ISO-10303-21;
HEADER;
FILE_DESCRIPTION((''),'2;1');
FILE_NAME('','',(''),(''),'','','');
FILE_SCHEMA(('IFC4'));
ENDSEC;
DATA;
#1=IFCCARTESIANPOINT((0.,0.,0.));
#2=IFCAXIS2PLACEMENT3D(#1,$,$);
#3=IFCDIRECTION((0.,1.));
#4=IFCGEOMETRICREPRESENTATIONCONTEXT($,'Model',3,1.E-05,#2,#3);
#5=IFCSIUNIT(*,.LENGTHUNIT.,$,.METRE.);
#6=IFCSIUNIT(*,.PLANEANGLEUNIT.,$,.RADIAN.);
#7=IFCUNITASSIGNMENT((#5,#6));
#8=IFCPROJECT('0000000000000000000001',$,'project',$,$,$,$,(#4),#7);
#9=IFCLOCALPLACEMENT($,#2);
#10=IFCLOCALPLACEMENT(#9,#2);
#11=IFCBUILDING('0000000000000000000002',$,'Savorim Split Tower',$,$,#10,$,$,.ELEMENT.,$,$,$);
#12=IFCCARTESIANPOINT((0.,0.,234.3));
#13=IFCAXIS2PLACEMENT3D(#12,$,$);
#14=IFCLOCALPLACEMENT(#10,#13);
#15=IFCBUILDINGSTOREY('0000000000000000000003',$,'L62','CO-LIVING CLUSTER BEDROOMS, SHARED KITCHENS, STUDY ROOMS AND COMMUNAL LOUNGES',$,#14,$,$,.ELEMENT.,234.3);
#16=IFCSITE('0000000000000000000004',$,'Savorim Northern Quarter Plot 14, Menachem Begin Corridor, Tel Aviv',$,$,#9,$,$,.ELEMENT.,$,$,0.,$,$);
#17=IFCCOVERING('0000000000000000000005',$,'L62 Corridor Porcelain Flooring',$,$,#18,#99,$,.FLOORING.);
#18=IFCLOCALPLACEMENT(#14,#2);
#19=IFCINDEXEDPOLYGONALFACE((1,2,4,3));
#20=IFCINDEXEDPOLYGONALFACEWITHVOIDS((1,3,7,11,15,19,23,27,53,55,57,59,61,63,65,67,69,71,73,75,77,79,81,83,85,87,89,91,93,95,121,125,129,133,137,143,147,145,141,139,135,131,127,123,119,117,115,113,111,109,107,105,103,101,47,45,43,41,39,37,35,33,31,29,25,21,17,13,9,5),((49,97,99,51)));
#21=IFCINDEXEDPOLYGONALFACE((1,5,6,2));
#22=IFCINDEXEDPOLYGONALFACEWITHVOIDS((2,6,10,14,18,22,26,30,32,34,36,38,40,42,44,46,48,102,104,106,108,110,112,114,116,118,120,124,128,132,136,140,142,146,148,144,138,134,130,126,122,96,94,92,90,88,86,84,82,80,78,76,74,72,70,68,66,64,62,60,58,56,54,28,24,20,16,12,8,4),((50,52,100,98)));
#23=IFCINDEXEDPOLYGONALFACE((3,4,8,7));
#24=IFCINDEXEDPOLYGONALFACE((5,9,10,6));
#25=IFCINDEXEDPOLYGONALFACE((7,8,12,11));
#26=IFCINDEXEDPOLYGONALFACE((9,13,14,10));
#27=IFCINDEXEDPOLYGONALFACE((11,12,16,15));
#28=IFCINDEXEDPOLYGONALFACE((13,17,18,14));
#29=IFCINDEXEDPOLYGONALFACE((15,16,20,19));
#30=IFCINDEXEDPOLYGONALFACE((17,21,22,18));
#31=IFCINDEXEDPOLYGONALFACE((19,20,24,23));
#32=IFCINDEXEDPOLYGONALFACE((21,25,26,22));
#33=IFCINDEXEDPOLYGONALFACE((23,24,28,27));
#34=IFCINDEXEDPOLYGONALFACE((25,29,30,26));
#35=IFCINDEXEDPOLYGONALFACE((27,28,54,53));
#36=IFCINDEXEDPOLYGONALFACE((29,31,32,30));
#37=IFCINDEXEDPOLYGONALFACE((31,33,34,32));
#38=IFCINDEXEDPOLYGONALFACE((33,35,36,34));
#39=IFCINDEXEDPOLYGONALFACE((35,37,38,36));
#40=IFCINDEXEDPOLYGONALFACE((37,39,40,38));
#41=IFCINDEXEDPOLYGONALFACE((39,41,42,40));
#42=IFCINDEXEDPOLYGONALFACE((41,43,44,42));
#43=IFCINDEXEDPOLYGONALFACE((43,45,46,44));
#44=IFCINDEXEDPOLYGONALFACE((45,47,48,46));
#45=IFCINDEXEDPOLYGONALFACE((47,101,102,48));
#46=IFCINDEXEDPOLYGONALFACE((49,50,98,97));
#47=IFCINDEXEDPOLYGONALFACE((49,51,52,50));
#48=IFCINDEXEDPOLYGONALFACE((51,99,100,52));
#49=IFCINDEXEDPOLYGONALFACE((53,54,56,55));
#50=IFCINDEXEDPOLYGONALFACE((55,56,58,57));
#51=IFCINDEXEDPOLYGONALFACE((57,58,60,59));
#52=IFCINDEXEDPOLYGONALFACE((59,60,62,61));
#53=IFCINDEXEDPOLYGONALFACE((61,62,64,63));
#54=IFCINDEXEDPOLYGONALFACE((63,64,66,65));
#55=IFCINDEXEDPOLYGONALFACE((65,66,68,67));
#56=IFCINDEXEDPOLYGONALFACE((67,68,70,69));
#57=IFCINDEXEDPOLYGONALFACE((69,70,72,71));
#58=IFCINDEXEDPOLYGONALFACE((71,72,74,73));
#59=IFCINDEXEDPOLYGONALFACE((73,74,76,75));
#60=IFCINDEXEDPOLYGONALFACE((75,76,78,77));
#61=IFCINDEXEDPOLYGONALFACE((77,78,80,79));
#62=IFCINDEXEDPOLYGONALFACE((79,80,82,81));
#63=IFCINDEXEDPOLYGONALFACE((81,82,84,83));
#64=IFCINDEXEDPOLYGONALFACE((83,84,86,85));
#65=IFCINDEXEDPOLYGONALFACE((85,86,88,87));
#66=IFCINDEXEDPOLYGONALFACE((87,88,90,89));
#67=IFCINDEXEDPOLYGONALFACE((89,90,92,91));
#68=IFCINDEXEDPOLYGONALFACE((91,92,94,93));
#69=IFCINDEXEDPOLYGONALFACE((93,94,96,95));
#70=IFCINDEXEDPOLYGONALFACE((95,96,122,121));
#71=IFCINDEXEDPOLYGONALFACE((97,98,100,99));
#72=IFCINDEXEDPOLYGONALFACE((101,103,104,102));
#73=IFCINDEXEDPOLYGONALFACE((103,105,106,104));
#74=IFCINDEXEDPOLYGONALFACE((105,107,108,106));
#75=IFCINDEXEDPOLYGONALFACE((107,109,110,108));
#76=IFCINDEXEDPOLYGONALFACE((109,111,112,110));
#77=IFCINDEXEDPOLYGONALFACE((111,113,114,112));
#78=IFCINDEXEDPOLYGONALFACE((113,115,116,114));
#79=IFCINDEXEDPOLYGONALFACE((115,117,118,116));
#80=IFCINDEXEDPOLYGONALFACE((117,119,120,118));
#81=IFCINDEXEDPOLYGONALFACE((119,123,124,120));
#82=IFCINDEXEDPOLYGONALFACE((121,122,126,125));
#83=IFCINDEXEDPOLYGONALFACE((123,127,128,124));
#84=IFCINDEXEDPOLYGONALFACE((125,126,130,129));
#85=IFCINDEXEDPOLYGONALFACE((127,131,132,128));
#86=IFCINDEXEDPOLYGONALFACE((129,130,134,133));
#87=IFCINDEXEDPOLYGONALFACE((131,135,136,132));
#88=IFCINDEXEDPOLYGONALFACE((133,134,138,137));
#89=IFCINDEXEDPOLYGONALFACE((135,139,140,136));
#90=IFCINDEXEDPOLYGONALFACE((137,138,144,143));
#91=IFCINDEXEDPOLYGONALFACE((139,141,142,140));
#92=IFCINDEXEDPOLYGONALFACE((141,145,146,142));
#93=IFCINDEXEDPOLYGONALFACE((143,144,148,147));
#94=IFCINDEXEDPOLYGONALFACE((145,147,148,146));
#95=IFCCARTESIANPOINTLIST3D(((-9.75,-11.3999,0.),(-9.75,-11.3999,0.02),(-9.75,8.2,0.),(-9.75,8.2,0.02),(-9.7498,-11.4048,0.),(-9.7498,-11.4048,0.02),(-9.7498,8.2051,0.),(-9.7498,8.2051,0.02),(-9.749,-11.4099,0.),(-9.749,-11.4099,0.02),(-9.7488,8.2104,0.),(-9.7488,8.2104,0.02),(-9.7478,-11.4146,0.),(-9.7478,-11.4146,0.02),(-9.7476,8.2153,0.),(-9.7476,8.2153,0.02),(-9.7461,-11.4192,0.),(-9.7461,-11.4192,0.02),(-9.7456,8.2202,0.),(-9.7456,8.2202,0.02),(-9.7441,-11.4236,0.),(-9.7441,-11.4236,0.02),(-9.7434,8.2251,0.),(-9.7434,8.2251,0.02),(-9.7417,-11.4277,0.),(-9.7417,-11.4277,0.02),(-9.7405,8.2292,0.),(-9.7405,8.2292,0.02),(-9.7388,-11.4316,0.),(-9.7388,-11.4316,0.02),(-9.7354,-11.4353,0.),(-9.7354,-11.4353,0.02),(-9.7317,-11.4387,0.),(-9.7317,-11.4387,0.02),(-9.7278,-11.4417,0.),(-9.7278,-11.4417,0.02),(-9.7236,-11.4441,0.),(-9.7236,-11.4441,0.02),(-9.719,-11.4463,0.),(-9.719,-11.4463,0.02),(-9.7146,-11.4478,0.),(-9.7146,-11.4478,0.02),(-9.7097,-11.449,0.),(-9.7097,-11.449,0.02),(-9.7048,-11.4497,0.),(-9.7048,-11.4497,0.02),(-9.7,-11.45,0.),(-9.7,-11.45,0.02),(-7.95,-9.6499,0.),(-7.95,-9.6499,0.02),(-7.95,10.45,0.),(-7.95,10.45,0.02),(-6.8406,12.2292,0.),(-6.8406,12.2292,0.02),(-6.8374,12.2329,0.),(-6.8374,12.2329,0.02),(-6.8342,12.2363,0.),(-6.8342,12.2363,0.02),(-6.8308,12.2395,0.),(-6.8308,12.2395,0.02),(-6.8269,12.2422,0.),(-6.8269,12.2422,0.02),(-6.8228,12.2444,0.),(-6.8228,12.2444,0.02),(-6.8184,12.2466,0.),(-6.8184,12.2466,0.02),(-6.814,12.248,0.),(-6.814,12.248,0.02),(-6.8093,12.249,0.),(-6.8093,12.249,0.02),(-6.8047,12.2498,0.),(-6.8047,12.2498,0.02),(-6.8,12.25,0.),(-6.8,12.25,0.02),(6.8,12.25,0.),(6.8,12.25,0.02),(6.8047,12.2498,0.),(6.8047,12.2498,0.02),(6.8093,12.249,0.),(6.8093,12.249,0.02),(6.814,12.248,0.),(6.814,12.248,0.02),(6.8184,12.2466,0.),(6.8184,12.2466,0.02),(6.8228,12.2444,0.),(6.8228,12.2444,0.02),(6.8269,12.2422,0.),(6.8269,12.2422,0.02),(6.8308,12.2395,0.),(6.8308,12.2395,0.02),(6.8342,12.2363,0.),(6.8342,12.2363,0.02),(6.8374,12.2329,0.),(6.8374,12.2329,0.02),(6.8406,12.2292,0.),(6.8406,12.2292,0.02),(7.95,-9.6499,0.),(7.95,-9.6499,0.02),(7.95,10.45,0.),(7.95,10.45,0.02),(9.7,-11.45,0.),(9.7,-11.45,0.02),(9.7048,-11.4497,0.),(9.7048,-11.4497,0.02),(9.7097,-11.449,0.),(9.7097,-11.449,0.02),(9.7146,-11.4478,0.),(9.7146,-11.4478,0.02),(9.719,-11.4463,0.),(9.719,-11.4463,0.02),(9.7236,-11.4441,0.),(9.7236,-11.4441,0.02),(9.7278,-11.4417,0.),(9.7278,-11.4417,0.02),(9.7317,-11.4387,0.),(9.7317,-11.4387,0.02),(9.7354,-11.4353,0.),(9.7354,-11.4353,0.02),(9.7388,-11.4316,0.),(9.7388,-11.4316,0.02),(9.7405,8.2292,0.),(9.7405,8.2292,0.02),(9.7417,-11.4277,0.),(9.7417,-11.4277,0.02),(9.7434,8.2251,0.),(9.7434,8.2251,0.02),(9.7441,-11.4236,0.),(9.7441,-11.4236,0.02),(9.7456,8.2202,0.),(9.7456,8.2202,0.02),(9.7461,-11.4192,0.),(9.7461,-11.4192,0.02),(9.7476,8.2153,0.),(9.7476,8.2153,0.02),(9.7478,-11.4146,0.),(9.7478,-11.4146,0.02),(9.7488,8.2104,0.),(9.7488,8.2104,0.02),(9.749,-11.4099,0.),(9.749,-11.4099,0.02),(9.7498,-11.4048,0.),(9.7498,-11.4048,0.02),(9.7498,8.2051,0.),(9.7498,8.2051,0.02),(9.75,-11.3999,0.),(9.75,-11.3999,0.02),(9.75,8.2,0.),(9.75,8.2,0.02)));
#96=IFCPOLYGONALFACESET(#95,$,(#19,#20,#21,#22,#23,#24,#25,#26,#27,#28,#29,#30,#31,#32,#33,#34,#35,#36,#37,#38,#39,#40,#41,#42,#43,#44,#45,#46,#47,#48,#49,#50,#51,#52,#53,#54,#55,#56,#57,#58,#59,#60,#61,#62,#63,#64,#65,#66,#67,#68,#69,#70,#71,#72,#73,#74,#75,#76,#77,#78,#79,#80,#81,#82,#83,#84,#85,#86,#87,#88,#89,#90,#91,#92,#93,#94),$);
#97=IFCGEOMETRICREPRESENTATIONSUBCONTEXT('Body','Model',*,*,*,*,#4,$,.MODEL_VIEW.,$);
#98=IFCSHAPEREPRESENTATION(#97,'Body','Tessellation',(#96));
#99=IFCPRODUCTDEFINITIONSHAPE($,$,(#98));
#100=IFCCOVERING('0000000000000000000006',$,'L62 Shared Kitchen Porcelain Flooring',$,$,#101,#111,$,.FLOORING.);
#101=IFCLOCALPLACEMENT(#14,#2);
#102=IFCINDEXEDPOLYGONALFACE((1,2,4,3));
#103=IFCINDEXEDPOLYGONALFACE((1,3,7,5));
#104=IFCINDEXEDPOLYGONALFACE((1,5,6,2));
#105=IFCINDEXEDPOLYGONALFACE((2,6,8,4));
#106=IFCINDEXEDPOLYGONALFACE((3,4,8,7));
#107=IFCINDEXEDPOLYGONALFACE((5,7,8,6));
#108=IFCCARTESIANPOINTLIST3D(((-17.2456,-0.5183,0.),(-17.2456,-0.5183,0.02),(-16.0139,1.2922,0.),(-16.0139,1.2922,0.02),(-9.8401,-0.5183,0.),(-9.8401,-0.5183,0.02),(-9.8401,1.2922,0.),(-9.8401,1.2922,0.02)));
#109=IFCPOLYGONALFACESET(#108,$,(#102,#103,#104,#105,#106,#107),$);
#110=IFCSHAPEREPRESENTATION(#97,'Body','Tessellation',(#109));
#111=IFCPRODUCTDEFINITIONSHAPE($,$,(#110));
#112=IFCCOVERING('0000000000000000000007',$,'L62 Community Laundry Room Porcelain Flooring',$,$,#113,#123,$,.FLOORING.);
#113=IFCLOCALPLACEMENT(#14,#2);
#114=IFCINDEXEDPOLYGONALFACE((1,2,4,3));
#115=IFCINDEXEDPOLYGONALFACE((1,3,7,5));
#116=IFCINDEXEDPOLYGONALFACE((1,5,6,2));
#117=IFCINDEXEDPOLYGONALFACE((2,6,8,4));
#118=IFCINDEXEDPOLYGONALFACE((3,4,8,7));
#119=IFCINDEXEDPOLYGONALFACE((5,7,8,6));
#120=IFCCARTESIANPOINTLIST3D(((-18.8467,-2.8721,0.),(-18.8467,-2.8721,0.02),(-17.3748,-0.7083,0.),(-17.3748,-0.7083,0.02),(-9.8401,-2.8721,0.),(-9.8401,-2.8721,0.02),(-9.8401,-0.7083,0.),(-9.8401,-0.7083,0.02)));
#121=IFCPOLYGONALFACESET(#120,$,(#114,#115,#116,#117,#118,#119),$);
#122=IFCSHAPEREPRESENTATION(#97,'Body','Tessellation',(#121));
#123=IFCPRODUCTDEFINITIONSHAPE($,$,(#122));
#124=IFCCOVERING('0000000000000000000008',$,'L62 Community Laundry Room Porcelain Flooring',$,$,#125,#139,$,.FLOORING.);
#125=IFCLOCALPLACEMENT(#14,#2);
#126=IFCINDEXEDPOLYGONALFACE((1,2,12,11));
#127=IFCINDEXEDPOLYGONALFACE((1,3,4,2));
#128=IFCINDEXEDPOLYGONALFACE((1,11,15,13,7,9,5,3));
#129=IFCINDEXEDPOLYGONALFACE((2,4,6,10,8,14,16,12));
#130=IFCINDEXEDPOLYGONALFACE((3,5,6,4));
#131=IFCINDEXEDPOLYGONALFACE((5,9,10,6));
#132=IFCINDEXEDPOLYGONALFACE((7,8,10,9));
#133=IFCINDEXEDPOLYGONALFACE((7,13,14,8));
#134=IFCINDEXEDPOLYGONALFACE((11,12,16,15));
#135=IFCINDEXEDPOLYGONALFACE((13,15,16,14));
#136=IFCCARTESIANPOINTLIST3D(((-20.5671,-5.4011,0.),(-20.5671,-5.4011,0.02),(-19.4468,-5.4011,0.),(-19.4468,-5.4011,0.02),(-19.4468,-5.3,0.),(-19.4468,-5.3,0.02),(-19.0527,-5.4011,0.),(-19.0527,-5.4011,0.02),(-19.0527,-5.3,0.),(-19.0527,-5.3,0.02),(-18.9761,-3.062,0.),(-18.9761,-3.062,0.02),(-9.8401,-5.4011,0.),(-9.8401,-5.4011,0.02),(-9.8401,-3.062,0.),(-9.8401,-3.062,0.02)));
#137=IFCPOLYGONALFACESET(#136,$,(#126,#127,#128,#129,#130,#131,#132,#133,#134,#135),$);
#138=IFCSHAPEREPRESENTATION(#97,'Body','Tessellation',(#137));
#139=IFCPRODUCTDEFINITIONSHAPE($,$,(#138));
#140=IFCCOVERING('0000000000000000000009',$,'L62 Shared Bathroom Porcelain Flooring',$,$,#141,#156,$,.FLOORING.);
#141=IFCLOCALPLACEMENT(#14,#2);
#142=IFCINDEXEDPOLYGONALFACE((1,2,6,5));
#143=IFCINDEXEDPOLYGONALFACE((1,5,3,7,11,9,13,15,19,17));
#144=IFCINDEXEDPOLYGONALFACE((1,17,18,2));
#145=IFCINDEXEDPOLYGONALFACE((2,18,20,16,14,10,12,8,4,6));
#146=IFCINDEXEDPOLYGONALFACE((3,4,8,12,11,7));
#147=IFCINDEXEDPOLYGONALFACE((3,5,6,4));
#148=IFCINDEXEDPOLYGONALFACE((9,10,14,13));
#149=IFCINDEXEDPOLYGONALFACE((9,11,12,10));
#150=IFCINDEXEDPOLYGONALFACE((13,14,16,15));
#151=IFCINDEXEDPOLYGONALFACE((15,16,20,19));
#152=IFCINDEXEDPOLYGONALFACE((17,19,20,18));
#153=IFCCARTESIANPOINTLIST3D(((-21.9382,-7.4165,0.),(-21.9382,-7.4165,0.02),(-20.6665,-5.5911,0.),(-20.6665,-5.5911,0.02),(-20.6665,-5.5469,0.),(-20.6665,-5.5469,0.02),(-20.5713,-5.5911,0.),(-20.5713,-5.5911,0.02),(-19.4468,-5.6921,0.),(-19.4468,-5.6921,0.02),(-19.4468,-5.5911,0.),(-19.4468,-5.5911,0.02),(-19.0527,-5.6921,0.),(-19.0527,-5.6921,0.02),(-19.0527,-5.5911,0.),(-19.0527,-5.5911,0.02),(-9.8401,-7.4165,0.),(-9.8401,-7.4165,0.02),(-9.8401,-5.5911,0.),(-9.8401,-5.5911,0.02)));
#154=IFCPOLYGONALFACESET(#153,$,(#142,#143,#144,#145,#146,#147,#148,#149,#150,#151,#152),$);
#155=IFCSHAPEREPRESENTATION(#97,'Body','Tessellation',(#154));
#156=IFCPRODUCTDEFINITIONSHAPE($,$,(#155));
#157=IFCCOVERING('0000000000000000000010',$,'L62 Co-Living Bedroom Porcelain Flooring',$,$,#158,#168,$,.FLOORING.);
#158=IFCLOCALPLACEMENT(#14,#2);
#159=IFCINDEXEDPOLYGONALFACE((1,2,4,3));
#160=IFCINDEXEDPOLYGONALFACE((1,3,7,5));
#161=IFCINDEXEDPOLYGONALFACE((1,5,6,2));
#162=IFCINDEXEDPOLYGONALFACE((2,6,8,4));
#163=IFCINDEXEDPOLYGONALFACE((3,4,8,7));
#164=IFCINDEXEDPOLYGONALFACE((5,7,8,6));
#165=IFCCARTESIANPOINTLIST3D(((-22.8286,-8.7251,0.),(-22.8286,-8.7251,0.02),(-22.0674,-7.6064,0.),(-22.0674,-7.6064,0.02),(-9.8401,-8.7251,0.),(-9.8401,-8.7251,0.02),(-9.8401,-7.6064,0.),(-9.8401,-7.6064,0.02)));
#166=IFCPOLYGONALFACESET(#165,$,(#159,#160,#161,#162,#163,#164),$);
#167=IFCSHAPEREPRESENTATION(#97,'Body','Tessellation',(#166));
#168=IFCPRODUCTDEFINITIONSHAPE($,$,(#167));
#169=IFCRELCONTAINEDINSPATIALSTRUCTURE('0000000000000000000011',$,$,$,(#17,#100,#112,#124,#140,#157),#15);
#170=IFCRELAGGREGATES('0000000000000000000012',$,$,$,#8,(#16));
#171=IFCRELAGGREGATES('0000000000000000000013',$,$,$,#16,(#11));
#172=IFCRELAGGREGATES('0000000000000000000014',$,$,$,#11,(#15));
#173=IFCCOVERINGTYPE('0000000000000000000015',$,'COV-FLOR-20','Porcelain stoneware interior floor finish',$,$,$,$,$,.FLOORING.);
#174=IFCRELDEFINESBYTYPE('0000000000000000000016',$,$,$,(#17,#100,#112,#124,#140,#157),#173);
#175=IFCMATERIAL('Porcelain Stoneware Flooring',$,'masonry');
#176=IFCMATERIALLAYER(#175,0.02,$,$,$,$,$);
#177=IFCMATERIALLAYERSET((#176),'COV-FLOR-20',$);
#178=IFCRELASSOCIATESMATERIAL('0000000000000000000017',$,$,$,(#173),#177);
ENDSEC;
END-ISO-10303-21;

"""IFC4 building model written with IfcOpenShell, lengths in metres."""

from ifc_helpers import new_model, si_unit, direction, frame, origin, place, context, subcontext, project, spatial, polyline, outline, extrude, material, layer, layer_set, type_object, element, save


model = new_model("IFC4")

# Units and contexts
model_context = context("Model", 3, precision=1e-05, world=origin(), true_north=direction((0.0, 1.0)))
body_context = subcontext(model_context, "Body", "Model", "MODEL_VIEW")
ifc_project = project(units=[si_unit("LENGTHUNIT", "METRE"), si_unit("PLANEANGLEUNIT", "RADIAN")], contexts=[model_context])

# Site, building, storey
site_placement = place(None, origin())
site = spatial("IfcSite", under=ifc_project, at=site_placement, Name="Savorim Northern Quarter Plot 14, Menachem Begin Corridor, Tel Aviv", CompositionType="ELEMENT", RefElevation=0.0)
building_placement = place(site_placement, origin())
building = spatial("IfcBuilding", under=site, at=building_placement, Name="Savorim Split Tower", CompositionType="ELEMENT")
storey_placement = place(building_placement, frame((0.0, 0.0, 234.3)))
storey = spatial("IfcBuildingStorey", under=building, at=storey_placement, Name="L62", Description="CO-LIVING CLUSTER BEDROOMS, SHARED KITCHENS, STUDY ROOMS AND COMMUNAL LOUNGES", CompositionType="ELEMENT", Elevation=234.3)

# Coverings
ifc_material_1 = material(Name="Porcelain Stoneware Flooring", Category="masonry")
ifc_layer_1 = layer(ifc_material_1, 0.02)
ifc_layer_set_1 = layer_set([ifc_layer_1], Name="COV-FLOR-20")
covering_type_1 = type_object("IfcCoveringType", Name="COV-FLOR-20", Description="Porcelain stoneware interior floor finish", PredefinedType="FLOORING", material=ifc_layer_set_1)
covering_1_placement = place(storey_placement, origin())
element("IfcCovering", 1, at=covering_1_placement, inside=storey, type_object=covering_type_1, Name="L62 Corridor Porcelain Flooring", PredefinedType="FLOORING", context=body_context, shape_type="SweptSolid", body=[
    extrude(outline(polyline([(6.8093, 12.249), (6.8047, 12.2498), (6.8, 12.25), (-6.8, 12.25), (-6.8047, 12.2498), (-6.8093, 12.249), (-6.814, 12.248), (-6.8184, 12.2466), (-6.8228, 12.2444), (-6.8269, 12.2422), (-6.8308, 12.2395), (-6.8342, 12.2363), (-6.8374, 12.2329), (-6.8406, 12.2292), (-9.7405, 8.2292), (-9.7434, 8.2251), (-9.7456, 8.2202), (-9.7476, 8.2153), (-9.7488, 8.2104), (-9.7498, 8.2051), (-9.75, 8.2), (-9.75, -11.3999), (-9.7498, -11.4048), (-9.749, -11.4099), (-9.7478, -11.4146), (-9.7461, -11.4192), (-9.7441, -11.4236), (-9.7417, -11.4277), (-9.7388, -11.4316), (-9.7354, -11.4353), (-9.7317, -11.4387), (-9.7278, -11.4417), (-9.7236, -11.4441), (-9.719, -11.4463), (-9.7146, -11.4478), (-9.7097, -11.449), (-9.7048, -11.4497), (-9.7, -11.45), (9.7, -11.45), (9.7048, -11.4497), (9.7097, -11.449), (9.7146, -11.4478), (9.719, -11.4463), (9.7236, -11.4441), (9.7278, -11.4417), (9.7317, -11.4387), (9.7354, -11.4353), (9.7388, -11.4316), (9.7417, -11.4277), (9.7441, -11.4236), (9.7461, -11.4192), (9.7478, -11.4146), (9.749, -11.4099), (9.7498, -11.4048), (9.75, -11.3999), (9.75, 8.2), (9.7498, 8.2051), (9.7488, 8.2104), (9.7476, 8.2153), (9.7456, 8.2202), (9.7434, 8.2251), (9.7405, 8.2292), (6.8406, 12.2292), (6.8374, 12.2329), (6.8342, 12.2363), (6.8308, 12.2395), (6.8269, 12.2422), (6.8228, 12.2444), (6.8184, 12.2466), (6.814, 12.248), (6.8093, 12.249)]), holes=[polyline([(-7.95, 10.45), (-7.95, -9.6499), (7.95, -9.6499), (7.95, 10.45), (-7.95, 10.45)])]), origin(), (0.0, 0.0, 1.0), 0.02),
])
covering_2_placement = place(storey_placement, origin())
element("IfcCovering", 2, at=covering_2_placement, inside=storey, type_object=covering_type_1, Name="L62 Shared Kitchen Porcelain Flooring", PredefinedType="FLOORING", context=body_context, shape_type="SweptSolid", body=[
    extrude(outline(polyline([(-16.0139, 1.2922), (-17.2456, -0.5183), (-9.8401, -0.5183), (-9.8401, 1.2922), (-16.0139, 1.2922)])), origin(), (0.0, 0.0, 1.0), 0.02),
])
covering_3_placement = place(storey_placement, origin())
element("IfcCovering", 3, at=covering_3_placement, inside=storey, type_object=covering_type_1, Name="L62 Community Laundry Room Porcelain Flooring", PredefinedType="FLOORING", context=body_context, shape_type="SweptSolid", body=[
    extrude(outline(polyline([(-17.3748, -0.7083), (-18.8467, -2.8721), (-9.8401, -2.8721), (-9.8401, -0.7083), (-17.3748, -0.7083)])), origin(), (0.0, 0.0, 1.0), 0.02),
])
covering_4_placement = place(storey_placement, origin())
element("IfcCovering", 4, at=covering_4_placement, inside=storey, type_object=covering_type_1, Name="L62 Community Laundry Room Porcelain Flooring", PredefinedType="FLOORING", context=body_context, shape_type="SweptSolid", body=[
    extrude(outline(polyline([(-19.0527, -5.3), (-19.0527, -5.4011), (-9.8401, -5.4011), (-9.8401, -3.062), (-18.9761, -3.062), (-20.5671, -5.4011), (-19.4468, -5.4011), (-19.4468, -5.3), (-19.0527, -5.3)])), origin(), (0.0, 0.0, 1.0), 0.02),
])
covering_5_placement = place(storey_placement, origin())
element("IfcCovering", 5, at=covering_5_placement, inside=storey, type_object=covering_type_1, Name="L62 Shared Bathroom Porcelain Flooring", PredefinedType="FLOORING", context=body_context, shape_type="SweptSolid", body=[
    extrude(outline(polyline([(-20.5713, -5.5911), (-20.6665, -5.5911), (-20.6665, -5.5469), (-21.9382, -7.4165), (-9.8401, -7.4165), (-9.8401, -5.5911), (-19.0527, -5.5911), (-19.0527, -5.6921), (-19.4468, -5.6921), (-19.4468, -5.5911), (-20.5713, -5.5911)])), origin(), (0.0, 0.0, 1.0), 0.02),
])
covering_6_placement = place(storey_placement, origin())
element("IfcCovering", 6, at=covering_6_placement, inside=storey, type_object=covering_type_1, Name="L62 Co-Living Bedroom Porcelain Flooring", PredefinedType="FLOORING", context=body_context, shape_type="SweptSolid", body=[
    extrude(outline(polyline([(-9.8401, -8.7251), (-9.8401, -7.6064), (-22.0674, -7.6064), (-22.8286, -8.7251), (-9.8401, -8.7251)])), origin(), (0.0, 0.0, 1.0), 0.02),
])

save(model, "model.ifc")
